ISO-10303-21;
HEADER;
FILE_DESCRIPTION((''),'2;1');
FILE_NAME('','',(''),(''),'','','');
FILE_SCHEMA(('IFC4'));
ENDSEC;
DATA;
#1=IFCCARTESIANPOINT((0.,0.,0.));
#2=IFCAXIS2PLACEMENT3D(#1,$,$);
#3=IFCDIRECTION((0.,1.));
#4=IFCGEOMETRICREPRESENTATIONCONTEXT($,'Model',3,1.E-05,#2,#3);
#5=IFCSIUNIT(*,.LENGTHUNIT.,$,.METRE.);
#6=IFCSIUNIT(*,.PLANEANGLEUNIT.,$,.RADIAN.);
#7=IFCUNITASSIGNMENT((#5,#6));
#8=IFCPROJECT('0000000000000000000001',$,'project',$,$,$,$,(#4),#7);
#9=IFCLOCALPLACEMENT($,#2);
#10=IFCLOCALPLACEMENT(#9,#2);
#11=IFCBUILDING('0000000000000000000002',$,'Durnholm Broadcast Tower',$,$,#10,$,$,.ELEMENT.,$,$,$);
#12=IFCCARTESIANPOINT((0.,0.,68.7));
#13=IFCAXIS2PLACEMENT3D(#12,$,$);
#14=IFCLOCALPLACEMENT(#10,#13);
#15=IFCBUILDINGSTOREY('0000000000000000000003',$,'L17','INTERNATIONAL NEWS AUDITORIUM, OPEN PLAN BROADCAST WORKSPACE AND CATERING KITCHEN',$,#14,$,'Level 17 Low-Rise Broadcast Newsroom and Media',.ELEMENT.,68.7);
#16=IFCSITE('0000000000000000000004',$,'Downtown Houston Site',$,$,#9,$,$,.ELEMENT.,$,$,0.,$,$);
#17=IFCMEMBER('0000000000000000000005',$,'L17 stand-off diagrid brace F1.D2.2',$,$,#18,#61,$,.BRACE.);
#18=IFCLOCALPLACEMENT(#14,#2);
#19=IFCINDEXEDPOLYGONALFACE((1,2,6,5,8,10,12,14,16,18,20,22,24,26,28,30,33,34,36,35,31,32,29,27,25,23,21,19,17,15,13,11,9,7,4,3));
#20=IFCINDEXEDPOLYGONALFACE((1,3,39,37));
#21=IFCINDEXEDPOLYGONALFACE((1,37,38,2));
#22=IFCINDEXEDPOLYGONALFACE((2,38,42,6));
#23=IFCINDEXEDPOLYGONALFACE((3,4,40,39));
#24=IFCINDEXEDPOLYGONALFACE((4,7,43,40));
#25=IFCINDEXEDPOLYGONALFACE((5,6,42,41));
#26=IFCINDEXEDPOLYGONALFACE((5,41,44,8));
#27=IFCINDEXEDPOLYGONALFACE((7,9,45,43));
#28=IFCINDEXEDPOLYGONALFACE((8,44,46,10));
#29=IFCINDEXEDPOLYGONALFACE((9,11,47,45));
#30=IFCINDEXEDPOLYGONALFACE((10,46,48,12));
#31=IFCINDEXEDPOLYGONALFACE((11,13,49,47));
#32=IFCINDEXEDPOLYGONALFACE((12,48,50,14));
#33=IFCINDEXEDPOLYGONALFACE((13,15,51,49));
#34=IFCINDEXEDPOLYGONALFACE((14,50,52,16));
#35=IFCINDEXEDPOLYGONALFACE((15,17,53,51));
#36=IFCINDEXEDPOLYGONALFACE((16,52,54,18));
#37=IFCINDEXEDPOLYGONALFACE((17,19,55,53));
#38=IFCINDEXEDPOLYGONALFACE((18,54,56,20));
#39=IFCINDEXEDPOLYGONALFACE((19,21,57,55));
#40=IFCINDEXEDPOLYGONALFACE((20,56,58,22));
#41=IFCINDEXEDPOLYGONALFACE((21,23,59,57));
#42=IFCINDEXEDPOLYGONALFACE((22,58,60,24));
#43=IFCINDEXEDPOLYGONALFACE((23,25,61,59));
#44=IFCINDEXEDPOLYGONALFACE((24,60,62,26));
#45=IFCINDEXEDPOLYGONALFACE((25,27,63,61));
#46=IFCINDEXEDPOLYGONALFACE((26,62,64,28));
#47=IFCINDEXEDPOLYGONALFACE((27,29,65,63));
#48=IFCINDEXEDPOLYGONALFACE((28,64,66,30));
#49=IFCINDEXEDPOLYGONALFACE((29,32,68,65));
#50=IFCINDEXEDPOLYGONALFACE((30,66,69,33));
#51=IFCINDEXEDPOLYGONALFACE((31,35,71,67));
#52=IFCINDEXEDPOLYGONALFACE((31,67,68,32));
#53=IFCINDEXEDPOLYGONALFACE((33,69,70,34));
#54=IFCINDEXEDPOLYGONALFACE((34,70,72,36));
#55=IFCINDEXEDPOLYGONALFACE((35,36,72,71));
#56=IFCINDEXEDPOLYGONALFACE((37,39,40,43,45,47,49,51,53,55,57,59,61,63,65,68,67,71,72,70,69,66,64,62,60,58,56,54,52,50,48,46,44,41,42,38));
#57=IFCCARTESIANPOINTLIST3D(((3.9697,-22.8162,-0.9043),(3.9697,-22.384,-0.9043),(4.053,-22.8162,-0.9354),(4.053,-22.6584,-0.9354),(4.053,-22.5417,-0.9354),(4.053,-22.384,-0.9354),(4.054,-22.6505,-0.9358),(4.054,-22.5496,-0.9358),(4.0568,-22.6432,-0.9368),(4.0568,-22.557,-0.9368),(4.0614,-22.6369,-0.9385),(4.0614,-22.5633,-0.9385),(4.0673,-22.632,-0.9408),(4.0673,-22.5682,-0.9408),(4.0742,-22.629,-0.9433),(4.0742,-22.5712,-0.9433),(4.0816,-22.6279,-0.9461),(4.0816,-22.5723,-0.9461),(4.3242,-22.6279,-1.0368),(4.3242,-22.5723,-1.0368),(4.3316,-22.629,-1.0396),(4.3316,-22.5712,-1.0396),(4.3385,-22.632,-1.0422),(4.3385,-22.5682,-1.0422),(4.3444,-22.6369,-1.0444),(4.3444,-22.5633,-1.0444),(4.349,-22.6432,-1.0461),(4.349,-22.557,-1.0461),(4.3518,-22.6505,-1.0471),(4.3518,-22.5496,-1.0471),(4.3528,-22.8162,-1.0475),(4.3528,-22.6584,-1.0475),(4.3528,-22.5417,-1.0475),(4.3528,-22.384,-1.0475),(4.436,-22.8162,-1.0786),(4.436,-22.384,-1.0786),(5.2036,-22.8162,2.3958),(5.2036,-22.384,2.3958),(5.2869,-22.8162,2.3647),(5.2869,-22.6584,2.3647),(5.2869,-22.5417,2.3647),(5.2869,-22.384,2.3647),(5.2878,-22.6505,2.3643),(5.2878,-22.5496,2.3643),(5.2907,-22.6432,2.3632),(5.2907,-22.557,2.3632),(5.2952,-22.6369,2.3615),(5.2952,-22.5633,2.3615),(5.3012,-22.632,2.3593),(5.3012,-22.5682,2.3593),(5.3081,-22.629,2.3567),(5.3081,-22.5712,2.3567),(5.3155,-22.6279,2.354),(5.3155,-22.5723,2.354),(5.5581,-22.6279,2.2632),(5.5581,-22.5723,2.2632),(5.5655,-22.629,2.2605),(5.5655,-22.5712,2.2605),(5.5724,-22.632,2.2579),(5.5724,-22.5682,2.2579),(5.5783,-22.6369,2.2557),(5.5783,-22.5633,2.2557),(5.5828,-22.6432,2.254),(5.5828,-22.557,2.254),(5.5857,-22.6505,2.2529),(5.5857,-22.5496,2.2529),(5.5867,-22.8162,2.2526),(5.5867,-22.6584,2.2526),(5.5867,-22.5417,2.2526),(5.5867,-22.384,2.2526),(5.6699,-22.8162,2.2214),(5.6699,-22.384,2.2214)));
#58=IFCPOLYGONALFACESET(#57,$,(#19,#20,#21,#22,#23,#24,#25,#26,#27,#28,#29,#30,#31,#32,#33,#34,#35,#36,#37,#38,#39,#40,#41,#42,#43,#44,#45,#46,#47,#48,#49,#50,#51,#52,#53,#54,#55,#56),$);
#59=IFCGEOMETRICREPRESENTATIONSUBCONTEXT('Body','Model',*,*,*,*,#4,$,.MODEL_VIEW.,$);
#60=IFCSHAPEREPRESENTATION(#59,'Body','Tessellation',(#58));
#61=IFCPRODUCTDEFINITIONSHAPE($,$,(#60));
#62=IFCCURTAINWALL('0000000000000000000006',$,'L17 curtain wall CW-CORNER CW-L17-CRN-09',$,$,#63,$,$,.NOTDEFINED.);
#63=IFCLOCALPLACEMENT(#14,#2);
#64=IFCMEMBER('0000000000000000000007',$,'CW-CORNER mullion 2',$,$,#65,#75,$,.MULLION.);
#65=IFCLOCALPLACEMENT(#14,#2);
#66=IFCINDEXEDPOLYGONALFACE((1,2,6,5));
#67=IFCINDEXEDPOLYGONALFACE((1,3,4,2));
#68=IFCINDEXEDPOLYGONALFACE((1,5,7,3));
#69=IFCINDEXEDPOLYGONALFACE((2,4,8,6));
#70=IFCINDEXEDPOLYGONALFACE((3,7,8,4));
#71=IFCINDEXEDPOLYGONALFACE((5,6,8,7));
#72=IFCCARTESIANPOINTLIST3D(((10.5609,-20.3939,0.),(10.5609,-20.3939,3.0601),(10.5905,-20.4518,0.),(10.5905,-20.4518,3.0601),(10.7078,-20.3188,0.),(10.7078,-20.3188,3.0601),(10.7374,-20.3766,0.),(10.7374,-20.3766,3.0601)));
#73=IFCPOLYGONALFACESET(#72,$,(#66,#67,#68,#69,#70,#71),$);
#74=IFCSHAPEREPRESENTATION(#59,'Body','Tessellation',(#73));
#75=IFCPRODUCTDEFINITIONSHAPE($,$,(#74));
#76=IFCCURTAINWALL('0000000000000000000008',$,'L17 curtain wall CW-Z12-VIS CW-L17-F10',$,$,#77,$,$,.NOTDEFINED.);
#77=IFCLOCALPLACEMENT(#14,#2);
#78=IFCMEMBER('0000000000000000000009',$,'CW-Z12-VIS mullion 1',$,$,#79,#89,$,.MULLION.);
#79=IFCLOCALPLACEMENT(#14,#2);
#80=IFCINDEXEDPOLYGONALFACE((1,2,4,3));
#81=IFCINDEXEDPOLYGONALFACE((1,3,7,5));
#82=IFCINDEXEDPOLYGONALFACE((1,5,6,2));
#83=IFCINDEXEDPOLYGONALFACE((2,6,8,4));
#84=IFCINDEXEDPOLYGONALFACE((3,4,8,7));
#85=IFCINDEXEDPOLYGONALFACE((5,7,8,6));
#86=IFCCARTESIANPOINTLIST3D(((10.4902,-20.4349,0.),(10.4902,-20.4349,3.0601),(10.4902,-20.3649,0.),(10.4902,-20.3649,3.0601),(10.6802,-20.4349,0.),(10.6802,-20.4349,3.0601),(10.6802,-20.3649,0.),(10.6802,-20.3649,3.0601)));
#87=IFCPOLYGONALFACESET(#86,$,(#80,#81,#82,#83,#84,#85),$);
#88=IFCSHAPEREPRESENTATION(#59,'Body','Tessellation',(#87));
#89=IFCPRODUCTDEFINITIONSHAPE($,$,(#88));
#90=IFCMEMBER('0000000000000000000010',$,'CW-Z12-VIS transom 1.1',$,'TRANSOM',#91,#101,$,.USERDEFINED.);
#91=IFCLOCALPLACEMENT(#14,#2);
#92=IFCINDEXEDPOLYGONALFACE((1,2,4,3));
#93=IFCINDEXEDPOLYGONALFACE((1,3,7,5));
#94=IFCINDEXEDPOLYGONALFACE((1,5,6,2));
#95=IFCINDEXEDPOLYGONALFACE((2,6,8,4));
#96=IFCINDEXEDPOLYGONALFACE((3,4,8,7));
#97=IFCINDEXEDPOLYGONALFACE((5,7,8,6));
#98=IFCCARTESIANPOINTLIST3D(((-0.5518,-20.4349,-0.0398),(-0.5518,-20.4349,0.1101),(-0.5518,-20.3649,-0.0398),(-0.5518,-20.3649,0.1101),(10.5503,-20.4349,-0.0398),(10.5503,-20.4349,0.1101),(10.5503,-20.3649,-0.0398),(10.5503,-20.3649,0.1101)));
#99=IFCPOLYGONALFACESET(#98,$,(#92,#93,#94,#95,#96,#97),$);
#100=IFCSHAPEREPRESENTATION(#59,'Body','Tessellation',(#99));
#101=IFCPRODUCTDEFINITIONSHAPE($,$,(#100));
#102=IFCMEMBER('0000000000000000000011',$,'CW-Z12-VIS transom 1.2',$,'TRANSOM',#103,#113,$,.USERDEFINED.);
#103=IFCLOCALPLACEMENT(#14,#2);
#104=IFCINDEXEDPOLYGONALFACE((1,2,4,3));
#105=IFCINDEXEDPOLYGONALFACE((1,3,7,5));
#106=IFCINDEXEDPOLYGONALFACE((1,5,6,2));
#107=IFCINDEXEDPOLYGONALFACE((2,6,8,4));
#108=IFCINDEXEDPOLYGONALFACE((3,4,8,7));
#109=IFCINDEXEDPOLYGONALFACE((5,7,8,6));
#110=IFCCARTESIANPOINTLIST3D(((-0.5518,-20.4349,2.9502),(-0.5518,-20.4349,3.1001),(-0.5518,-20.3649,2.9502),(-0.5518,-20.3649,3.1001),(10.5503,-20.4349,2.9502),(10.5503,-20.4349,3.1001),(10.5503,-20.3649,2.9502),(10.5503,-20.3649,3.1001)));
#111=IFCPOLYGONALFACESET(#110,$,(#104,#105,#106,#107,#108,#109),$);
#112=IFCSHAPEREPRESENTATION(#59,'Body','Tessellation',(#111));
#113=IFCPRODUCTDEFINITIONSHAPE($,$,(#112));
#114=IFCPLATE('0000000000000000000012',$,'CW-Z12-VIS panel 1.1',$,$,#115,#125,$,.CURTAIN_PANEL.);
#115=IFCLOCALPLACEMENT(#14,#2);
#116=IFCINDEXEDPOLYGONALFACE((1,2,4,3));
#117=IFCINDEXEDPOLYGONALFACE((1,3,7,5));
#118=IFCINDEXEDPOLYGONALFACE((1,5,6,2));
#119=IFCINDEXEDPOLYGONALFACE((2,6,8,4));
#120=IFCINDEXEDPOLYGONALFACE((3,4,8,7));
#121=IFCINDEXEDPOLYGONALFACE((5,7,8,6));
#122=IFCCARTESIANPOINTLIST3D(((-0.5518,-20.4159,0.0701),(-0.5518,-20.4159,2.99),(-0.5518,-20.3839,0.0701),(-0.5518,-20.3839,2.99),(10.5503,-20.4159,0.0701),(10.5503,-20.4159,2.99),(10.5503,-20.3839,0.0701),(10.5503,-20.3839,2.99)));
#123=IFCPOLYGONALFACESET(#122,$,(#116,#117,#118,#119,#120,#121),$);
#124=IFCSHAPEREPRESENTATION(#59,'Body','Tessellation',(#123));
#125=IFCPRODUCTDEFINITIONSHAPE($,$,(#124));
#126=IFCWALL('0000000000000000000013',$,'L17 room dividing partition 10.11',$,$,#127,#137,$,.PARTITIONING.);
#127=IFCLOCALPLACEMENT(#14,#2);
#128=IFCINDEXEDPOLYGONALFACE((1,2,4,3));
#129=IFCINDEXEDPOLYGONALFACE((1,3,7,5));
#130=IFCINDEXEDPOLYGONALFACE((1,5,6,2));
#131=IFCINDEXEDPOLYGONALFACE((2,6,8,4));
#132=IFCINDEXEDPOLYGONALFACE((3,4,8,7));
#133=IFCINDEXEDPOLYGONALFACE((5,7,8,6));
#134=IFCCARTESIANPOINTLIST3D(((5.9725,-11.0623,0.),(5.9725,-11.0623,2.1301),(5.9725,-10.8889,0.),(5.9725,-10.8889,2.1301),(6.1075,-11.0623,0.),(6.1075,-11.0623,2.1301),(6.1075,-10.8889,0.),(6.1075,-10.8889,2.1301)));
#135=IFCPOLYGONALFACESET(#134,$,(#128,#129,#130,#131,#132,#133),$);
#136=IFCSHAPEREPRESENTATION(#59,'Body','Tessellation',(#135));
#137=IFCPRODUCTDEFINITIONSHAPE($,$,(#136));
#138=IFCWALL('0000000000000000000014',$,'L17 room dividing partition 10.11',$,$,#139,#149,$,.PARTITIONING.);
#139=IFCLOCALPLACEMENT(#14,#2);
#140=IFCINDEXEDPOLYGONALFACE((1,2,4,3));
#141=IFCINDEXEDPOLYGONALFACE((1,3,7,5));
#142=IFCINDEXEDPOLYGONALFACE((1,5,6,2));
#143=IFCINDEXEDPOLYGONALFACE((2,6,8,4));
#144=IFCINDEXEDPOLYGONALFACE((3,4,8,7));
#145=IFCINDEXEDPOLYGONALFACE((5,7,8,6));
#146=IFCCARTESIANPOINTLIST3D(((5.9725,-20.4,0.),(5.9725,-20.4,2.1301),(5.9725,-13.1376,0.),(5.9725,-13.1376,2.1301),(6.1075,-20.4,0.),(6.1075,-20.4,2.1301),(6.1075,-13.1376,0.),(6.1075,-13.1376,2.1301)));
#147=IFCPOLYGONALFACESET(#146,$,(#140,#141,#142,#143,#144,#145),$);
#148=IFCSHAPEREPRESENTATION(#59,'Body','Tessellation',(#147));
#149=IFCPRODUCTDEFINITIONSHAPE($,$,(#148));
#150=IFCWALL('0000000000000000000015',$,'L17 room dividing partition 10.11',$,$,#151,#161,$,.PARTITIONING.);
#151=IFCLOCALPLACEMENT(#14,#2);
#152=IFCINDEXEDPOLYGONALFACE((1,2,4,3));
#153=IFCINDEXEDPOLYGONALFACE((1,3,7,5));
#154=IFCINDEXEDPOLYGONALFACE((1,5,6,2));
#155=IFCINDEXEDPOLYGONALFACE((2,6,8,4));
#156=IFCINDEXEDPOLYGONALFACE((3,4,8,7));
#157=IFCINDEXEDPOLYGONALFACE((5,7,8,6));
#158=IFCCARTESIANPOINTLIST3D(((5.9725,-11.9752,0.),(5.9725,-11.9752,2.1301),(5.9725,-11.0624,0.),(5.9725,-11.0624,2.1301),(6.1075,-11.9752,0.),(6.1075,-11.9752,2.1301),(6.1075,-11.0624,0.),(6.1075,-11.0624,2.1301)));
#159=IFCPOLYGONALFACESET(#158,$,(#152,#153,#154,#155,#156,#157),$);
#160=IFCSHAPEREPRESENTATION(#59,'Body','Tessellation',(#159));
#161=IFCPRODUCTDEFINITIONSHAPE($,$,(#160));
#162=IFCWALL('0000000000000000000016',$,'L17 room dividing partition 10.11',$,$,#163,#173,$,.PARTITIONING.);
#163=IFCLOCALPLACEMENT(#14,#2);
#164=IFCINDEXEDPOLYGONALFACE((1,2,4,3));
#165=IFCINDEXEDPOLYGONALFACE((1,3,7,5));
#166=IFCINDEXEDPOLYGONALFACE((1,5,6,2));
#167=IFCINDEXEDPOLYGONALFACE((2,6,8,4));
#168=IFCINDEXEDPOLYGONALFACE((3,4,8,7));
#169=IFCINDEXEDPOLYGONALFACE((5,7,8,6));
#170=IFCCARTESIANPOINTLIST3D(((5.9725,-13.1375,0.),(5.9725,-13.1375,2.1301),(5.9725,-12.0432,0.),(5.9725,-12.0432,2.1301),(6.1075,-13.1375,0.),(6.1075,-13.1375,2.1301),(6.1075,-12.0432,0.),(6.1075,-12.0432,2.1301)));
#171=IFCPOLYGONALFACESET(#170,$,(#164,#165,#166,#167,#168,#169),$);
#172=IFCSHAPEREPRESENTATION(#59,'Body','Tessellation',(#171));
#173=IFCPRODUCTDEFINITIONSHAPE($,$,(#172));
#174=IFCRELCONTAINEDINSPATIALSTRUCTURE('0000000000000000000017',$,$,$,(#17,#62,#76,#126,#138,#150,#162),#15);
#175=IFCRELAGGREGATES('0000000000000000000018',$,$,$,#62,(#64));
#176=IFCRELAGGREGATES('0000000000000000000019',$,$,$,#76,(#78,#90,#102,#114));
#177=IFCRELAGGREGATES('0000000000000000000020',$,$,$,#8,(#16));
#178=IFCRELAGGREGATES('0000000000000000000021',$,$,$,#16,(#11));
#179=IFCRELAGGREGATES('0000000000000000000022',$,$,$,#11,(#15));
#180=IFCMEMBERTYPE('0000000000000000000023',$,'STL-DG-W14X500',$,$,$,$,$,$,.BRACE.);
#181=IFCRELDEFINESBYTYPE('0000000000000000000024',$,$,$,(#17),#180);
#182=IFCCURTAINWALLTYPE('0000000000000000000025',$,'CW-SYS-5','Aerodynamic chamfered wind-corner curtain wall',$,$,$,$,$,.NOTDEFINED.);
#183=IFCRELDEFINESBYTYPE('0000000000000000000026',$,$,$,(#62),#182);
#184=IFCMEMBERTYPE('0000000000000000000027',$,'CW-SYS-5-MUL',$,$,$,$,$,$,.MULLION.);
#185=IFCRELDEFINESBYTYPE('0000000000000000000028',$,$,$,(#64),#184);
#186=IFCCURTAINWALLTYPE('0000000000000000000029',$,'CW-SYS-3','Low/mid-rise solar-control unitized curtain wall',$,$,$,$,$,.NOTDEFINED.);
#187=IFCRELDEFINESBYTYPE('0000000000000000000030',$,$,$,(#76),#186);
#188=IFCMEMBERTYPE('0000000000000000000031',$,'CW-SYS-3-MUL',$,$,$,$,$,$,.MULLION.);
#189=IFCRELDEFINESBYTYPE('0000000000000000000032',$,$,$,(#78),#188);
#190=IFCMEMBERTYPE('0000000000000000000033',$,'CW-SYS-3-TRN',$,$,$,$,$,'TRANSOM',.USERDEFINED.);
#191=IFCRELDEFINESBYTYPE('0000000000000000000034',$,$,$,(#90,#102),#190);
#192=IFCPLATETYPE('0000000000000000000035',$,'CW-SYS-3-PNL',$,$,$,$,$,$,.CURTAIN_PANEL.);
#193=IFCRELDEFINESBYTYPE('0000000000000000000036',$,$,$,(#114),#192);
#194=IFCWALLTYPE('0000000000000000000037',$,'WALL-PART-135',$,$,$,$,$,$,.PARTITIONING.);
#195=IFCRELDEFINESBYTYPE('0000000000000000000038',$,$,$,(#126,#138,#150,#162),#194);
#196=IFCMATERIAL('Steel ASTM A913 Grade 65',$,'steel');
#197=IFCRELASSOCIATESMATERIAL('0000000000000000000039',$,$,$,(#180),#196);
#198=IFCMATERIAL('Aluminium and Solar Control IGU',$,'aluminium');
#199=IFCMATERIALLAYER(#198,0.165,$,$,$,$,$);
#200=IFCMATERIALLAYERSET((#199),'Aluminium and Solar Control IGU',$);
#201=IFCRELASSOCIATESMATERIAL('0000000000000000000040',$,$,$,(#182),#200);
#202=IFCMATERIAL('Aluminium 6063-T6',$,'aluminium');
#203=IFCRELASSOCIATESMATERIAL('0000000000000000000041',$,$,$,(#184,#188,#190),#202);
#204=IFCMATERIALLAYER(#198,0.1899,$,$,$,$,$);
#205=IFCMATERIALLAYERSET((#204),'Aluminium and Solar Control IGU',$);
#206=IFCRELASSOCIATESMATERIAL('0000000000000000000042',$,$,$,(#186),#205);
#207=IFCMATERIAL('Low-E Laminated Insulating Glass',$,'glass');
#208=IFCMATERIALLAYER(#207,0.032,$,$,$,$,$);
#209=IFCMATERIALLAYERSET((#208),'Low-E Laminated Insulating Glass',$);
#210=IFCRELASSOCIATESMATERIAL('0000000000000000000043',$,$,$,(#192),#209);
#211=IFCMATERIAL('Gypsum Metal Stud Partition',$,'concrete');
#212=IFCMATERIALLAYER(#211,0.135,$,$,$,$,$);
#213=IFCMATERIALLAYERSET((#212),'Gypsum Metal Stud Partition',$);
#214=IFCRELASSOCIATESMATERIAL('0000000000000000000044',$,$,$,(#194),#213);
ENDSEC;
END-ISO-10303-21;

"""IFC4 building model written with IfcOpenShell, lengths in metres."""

from ifc_helpers import new_model, si_unit, direction, frame, frame_2d, origin, origin_2d, place, context, subcontext, project, spatial, rectangle, i_section, extrude, source, transform, mapped, material, layer, layer_set, material_profile, profile_set, type_object, type_shapes, element, aggregate, save


model = new_model("IFC4")

# Units and contexts
model_context = context("Model", 3, precision=1e-05, world=origin(), true_north=direction((0.0, 1.0)))
body_context = subcontext(model_context, "Body", "Model", "MODEL_VIEW")
ifc_project = project(units=[si_unit("LENGTHUNIT", "METRE"), si_unit("PLANEANGLEUNIT", "RADIAN")], contexts=[model_context])

# Site, building, storey
site_placement = place(None, origin())
site = spatial("IfcSite", under=ifc_project, at=site_placement, Name="Downtown Houston Site", CompositionType="ELEMENT", RefElevation=0.0)
building_placement = place(site_placement, origin())
building = spatial("IfcBuilding", under=site, at=building_placement, Name="Durnholm Broadcast Tower", CompositionType="ELEMENT")
storey_placement = place(building_placement, frame((0.0, 0.0, 68.7)))
storey = spatial("IfcBuildingStorey", under=building, at=storey_placement, Name="L17", Description="INTERNATIONAL NEWS AUDITORIUM, OPEN PLAN BROADCAST WORKSPACE AND CATERING KITCHEN", LongName="Level 17 Low-Rise Broadcast Newsroom and Media", CompositionType="ELEMENT", Elevation=68.7)

# Member
ifc_material_1 = material(Name="Steel ASTM A913 Grade 65", Category="steel")
ifc_material_profile_1 = material_profile(ifc_material_1, i_section(OverallWidth=0.4321, OverallDepth=0.4978, WebThickness=0.0557, FlangeThickness=0.0889, FilletRadius=0.0305, at=origin_2d()), Name="W14X500")
ifc_profile_set_1 = profile_set([ifc_material_profile_1], Name="Steel ASTM A913 Grade 65")
member_type_1 = type_object("IfcMemberType", Name="STL-DG-W14X500", PredefinedType="BRACE", material=ifc_profile_set_1)
shared_shape_1 = source(origin(), body_context, "Body", "SweptSolid", [
    extrude(i_section(OverallWidth=0.4321, OverallDepth=0.4978, WebThickness=0.0557, FlangeThickness=0.0889, FilletRadius=0.0305, at=origin_2d()), origin(), (0.0, 0.0, 1.0), 3.5232),
])
type_shapes(member_type_1, [shared_shape_1])
for number, where, z_axis, x_axis, name in (
    (1, (4.2029, -22.6001, -0.9915), (0.35022, 0.0, 0.936668), (0.0, 1.0, 0.0), "L17 stand-off diagrid brace F1.D2.2"),
):
    element("IfcMember", number, at=place(storey_placement, frame(where, z_axis=z_axis, x_axis=x_axis)), inside=storey, type_object=member_type_1, Name=name, PredefinedType="BRACE", context=body_context, shape_type="MappedRepresentation", body=[
        mapped(shared_shape_1, transform((0.0, 0.0, 0.0), x_axis=(1.0, 0.0, 0.0), y_axis=(0.0, 1.0, 0.0), z_axis=(0.0, 0.0, 1.0), scale=1.0)),
    ])

# Curtain wall, member
ifc_material_2 = material(Name="Aluminium and Solar Control IGU", Category="aluminium")
ifc_layer_1 = layer(ifc_material_2, 0.165)
ifc_layer_set_1 = layer_set([ifc_layer_1], Name="Aluminium and Solar Control IGU")
curtain_wall_type_1 = type_object("IfcCurtainWallType", Name="CW-SYS-5", Description="Aerodynamic chamfered wind-corner curtain wall", PredefinedType="NOTDEFINED", material=ifc_layer_set_1)
curtain_wall_1_placement = place(storey_placement, origin())
curtain_wall_1 = element("IfcCurtainWall", 2, at=curtain_wall_1_placement, inside=storey, type_object=curtain_wall_type_1, Name="L17 curtain wall CW-CORNER CW-L17-CRN-09", PredefinedType="NOTDEFINED")
ifc_material_3 = material(Name="Aluminium 6063-T6", Category="aluminium")
ifc_material_profile_2 = material_profile(ifc_material_3, rectangle(XDim=0.0649, YDim=0.165, at=origin_2d()), Name="CWM65X165")
ifc_profile_set_2 = profile_set([ifc_material_profile_2], Name="Aluminium 6063-T6")
member_type_2 = type_object("IfcMemberType", Name="CW-SYS-5-MUL", PredefinedType="MULLION", material=ifc_profile_set_2)
shared_shape_2 = source(origin(), body_context, "Body", "SweptSolid", [
    extrude(rectangle(XDim=0.0649, YDim=0.165, at=origin_2d()), origin(), (0.0, 0.0, 1.0), 3.0601),
])
type_shapes(member_type_2, [shared_shape_2])
member_1_placement = place(storey_placement, frame((10.6492, -20.3853, 0.0), z_axis=(0.0, 0.0, 1.0), x_axis=(0.455594, -0.890188, 0.0)))
member_1 = element("IfcMember", 3, at=member_1_placement, type_object=member_type_2, Name="CW-CORNER mullion 2", PredefinedType="MULLION", context=body_context, shape_type="MappedRepresentation", body=[
    mapped(shared_shape_2, transform((0.0, 0.0, 0.0), x_axis=(1.0, 0.0, 0.0), y_axis=(0.0, 1.0, 0.0), z_axis=(0.0, 0.0, 1.0), scale=1.0)),
])
aggregate(curtain_wall_1, [member_1])

# Curtain wall, members, plate
ifc_layer_2 = layer(ifc_material_2, 0.1899)
ifc_layer_set_2 = layer_set([ifc_layer_2], Name="Aluminium and Solar Control IGU")
curtain_wall_type_2 = type_object("IfcCurtainWallType", Name="CW-SYS-3", Description="Low/mid-rise solar-control unitized curtain wall", PredefinedType="NOTDEFINED", material=ifc_layer_set_2)
curtain_wall_2_placement = place(storey_placement, origin())
curtain_wall_2 = element("IfcCurtainWall", 4, at=curtain_wall_2_placement, inside=storey, type_object=curtain_wall_type_2, Name="L17 curtain wall CW-Z12-VIS CW-L17-F10", PredefinedType="NOTDEFINED")
ifc_material_profile_3 = material_profile(ifc_material_3, rectangle(XDim=0.0701, YDim=0.1899, at=origin_2d()), Name="CWM70X190")
ifc_profile_set_3 = profile_set([ifc_material_profile_3], Name="Aluminium 6063-T6")
member_type_3 = type_object("IfcMemberType", Name="CW-SYS-3-MUL", PredefinedType="MULLION", material=ifc_profile_set_3)
shared_shape_3 = source(origin(), body_context, "Body", "SweptSolid", [
    extrude(rectangle(XDim=0.0701, YDim=0.1899, at=origin_2d()), origin(), (0.0, 0.0, 1.0), 3.0601),
])
type_shapes(member_type_3, [shared_shape_3])
member_2_placement = place(storey_placement, frame((10.5852, -20.3999, 0.0), z_axis=(0.0, 0.0, 1.0), x_axis=(0.0, -1.0, 0.0)))
member_2 = element("IfcMember", 5, at=member_2_placement, type_object=member_type_3, Name="CW-Z12-VIS mullion 1", PredefinedType="MULLION", context=body_context, shape_type="MappedRepresentation", body=[
    mapped(shared_shape_3, transform((0.0, 0.0, 0.0), x_axis=(1.0, 0.0, 0.0), y_axis=(0.0, 1.0, 0.0), z_axis=(0.0, 0.0, 1.0), scale=1.0)),
])
ifc_material_profile_4 = material_profile(ifc_material_3, rectangle(XDim=0.0701, YDim=0.1499, at=origin_2d()), Name="CWT70X150")
ifc_profile_set_4 = profile_set([ifc_material_profile_4], Name="Aluminium 6063-T6")
member_type_4 = type_object("IfcMemberType", Name="CW-SYS-3-TRN", ElementType="TRANSOM", PredefinedType="USERDEFINED", material=ifc_profile_set_4)
shared_shape_4 = source(origin(), body_context, "Body", "SweptSolid", [
    extrude(rectangle(XDim=0.0701, YDim=0.1499, at=origin_2d()), origin(), (0.0, 0.0, 1.0), 11.1021),
])
type_shapes(member_type_4, [shared_shape_4])
member_3_placement = place(storey_placement, frame((10.5503, -20.3999, 0.0352), z_axis=(-1.0, 0.0, 0.0), x_axis=(0.0, -1.0, 0.0)))
member_3 = element("IfcMember", 6, at=member_3_placement, type_object=member_type_4, Name="CW-Z12-VIS transom 1.1", ObjectType="TRANSOM", PredefinedType="USERDEFINED", context=body_context, shape_type="MappedRepresentation", body=[
    mapped(shared_shape_4, transform((0.0, 0.0, 0.0), x_axis=(1.0, 0.0, 0.0), y_axis=(0.0, 1.0, 0.0), z_axis=(0.0, 0.0, 1.0), scale=1.0)),
])
member_4_placement = place(storey_placement, frame((10.5503, -20.3999, 3.0251), z_axis=(-1.0, 0.0, 0.0), x_axis=(0.0, -1.0, 0.0)))
member_4 = element("IfcMember", 7, at=member_4_placement, type_object=member_type_4, Name="CW-Z12-VIS transom 1.2", ObjectType="TRANSOM", PredefinedType="USERDEFINED", context=body_context, shape_type="MappedRepresentation", body=[
    mapped(shared_shape_4, transform((0.0, 0.0, 0.0), x_axis=(1.0, 0.0, 0.0), y_axis=(0.0, 1.0, 0.0), z_axis=(0.0, 0.0, 1.0), scale=1.0)),
])
ifc_material_4 = material(Name="Low-E Laminated Insulating Glass", Category="glass")
ifc_layer_3 = layer(ifc_material_4, 0.032)
ifc_layer_set_3 = layer_set([ifc_layer_3], Name="Low-E Laminated Insulating Glass")
plate_type = type_object("IfcPlateType", Name="CW-SYS-3-PNL", PredefinedType="CURTAIN_PANEL", material=ifc_layer_set_3)
shared_shape_5 = source(origin(), body_context, "Body", "SweptSolid", [
    extrude(rectangle(XDim=11.1021, YDim=0.032, at=origin_2d()), origin(), (0.0, 0.0, 1.0), 2.9199),
])
type_shapes(plate_type, [shared_shape_5])
plate_placement = place(storey_placement, frame((4.9993, -20.3999, 0.0701), z_axis=(0.0, 0.0, 1.0), x_axis=(-1.0, 0.0, 0.0)))
plate = element("IfcPlate", 8, at=plate_placement, type_object=plate_type, Name="CW-Z12-VIS panel 1.1", PredefinedType="CURTAIN_PANEL", context=body_context, shape_type="MappedRepresentation", body=[
    mapped(shared_shape_5, transform((0.0, 0.0, 0.0), x_axis=(1.0, 0.0, 0.0), y_axis=(0.0, 1.0, 0.0), z_axis=(0.0, 0.0, 1.0), scale=1.0)),
])
aggregate(curtain_wall_2, [member_2, member_3, member_4, plate])

# Walls
ifc_material_5 = material(Name="Gypsum Metal Stud Partition", Category="concrete")
ifc_layer_4 = layer(ifc_material_5, 0.135)
ifc_layer_set_4 = layer_set([ifc_layer_4], Name="Gypsum Metal Stud Partition")
wall_type_1 = type_object("IfcWallType", Name="WALL-PART-135", PredefinedType="PARTITIONING", material=ifc_layer_set_4)
wall_1_placement = place(storey_placement, frame((6.04, -10.8889, 0.0), z_axis=(0.0, 0.0, 1.0), x_axis=(0.0, -1.0, 0.0)))
element("IfcWall", 9, at=wall_1_placement, inside=storey, type_object=wall_type_1, Name="L17 room dividing partition 10.11", PredefinedType="PARTITIONING", context=body_context, shape_type="SweptSolid", body=[
    extrude(rectangle(XDim=0.1733, YDim=0.135, at=frame_2d((0.0867, 0.0))), origin(), (0.0, 0.0, 1.0), 2.1301),
])
wall_2_placement = place(storey_placement, frame((6.04, -13.1375, 0.0), z_axis=(0.0, 0.0, 1.0), x_axis=(0.0, -1.0, 0.0)))
element("IfcWall", 10, at=wall_2_placement, inside=storey, type_object=wall_type_1, Name="L17 room dividing partition 10.11", PredefinedType="PARTITIONING", context=body_context, shape_type="SweptSolid", body=[
    extrude(rectangle(XDim=7.2625, YDim=0.135, at=frame_2d((3.6313, 0.0))), origin(), (0.0, 0.0, 1.0), 2.1301),
])
wall_3_placement = place(storey_placement, frame((6.04, -11.0623, 0.0), z_axis=(0.0, 0.0, 1.0), x_axis=(0.0, -1.0, 0.0)))
element("IfcWall", 11, at=wall_3_placement, inside=storey, type_object=wall_type_1, Name="L17 room dividing partition 10.11", PredefinedType="PARTITIONING", context=body_context, shape_type="SweptSolid", body=[
    extrude(rectangle(XDim=0.9128, YDim=0.135, at=frame_2d((0.4565, 0.0))), origin(), (0.0, 0.0, 1.0), 2.1301),
])
wall_4_placement = place(storey_placement, frame((6.04, -12.0432, 0.0), z_axis=(0.0, 0.0, 1.0), x_axis=(0.0, -1.0, 0.0)))
element("IfcWall", 12, at=wall_4_placement, inside=storey, type_object=wall_type_1, Name="L17 room dividing partition 10.11", PredefinedType="PARTITIONING", context=body_context, shape_type="SweptSolid", body=[
    extrude(rectangle(XDim=1.0942, YDim=0.135, at=frame_2d((0.5471, 0.0))), origin(), (0.0, 0.0, 1.0), 2.1301),
])

save(model, "model.ifc")
